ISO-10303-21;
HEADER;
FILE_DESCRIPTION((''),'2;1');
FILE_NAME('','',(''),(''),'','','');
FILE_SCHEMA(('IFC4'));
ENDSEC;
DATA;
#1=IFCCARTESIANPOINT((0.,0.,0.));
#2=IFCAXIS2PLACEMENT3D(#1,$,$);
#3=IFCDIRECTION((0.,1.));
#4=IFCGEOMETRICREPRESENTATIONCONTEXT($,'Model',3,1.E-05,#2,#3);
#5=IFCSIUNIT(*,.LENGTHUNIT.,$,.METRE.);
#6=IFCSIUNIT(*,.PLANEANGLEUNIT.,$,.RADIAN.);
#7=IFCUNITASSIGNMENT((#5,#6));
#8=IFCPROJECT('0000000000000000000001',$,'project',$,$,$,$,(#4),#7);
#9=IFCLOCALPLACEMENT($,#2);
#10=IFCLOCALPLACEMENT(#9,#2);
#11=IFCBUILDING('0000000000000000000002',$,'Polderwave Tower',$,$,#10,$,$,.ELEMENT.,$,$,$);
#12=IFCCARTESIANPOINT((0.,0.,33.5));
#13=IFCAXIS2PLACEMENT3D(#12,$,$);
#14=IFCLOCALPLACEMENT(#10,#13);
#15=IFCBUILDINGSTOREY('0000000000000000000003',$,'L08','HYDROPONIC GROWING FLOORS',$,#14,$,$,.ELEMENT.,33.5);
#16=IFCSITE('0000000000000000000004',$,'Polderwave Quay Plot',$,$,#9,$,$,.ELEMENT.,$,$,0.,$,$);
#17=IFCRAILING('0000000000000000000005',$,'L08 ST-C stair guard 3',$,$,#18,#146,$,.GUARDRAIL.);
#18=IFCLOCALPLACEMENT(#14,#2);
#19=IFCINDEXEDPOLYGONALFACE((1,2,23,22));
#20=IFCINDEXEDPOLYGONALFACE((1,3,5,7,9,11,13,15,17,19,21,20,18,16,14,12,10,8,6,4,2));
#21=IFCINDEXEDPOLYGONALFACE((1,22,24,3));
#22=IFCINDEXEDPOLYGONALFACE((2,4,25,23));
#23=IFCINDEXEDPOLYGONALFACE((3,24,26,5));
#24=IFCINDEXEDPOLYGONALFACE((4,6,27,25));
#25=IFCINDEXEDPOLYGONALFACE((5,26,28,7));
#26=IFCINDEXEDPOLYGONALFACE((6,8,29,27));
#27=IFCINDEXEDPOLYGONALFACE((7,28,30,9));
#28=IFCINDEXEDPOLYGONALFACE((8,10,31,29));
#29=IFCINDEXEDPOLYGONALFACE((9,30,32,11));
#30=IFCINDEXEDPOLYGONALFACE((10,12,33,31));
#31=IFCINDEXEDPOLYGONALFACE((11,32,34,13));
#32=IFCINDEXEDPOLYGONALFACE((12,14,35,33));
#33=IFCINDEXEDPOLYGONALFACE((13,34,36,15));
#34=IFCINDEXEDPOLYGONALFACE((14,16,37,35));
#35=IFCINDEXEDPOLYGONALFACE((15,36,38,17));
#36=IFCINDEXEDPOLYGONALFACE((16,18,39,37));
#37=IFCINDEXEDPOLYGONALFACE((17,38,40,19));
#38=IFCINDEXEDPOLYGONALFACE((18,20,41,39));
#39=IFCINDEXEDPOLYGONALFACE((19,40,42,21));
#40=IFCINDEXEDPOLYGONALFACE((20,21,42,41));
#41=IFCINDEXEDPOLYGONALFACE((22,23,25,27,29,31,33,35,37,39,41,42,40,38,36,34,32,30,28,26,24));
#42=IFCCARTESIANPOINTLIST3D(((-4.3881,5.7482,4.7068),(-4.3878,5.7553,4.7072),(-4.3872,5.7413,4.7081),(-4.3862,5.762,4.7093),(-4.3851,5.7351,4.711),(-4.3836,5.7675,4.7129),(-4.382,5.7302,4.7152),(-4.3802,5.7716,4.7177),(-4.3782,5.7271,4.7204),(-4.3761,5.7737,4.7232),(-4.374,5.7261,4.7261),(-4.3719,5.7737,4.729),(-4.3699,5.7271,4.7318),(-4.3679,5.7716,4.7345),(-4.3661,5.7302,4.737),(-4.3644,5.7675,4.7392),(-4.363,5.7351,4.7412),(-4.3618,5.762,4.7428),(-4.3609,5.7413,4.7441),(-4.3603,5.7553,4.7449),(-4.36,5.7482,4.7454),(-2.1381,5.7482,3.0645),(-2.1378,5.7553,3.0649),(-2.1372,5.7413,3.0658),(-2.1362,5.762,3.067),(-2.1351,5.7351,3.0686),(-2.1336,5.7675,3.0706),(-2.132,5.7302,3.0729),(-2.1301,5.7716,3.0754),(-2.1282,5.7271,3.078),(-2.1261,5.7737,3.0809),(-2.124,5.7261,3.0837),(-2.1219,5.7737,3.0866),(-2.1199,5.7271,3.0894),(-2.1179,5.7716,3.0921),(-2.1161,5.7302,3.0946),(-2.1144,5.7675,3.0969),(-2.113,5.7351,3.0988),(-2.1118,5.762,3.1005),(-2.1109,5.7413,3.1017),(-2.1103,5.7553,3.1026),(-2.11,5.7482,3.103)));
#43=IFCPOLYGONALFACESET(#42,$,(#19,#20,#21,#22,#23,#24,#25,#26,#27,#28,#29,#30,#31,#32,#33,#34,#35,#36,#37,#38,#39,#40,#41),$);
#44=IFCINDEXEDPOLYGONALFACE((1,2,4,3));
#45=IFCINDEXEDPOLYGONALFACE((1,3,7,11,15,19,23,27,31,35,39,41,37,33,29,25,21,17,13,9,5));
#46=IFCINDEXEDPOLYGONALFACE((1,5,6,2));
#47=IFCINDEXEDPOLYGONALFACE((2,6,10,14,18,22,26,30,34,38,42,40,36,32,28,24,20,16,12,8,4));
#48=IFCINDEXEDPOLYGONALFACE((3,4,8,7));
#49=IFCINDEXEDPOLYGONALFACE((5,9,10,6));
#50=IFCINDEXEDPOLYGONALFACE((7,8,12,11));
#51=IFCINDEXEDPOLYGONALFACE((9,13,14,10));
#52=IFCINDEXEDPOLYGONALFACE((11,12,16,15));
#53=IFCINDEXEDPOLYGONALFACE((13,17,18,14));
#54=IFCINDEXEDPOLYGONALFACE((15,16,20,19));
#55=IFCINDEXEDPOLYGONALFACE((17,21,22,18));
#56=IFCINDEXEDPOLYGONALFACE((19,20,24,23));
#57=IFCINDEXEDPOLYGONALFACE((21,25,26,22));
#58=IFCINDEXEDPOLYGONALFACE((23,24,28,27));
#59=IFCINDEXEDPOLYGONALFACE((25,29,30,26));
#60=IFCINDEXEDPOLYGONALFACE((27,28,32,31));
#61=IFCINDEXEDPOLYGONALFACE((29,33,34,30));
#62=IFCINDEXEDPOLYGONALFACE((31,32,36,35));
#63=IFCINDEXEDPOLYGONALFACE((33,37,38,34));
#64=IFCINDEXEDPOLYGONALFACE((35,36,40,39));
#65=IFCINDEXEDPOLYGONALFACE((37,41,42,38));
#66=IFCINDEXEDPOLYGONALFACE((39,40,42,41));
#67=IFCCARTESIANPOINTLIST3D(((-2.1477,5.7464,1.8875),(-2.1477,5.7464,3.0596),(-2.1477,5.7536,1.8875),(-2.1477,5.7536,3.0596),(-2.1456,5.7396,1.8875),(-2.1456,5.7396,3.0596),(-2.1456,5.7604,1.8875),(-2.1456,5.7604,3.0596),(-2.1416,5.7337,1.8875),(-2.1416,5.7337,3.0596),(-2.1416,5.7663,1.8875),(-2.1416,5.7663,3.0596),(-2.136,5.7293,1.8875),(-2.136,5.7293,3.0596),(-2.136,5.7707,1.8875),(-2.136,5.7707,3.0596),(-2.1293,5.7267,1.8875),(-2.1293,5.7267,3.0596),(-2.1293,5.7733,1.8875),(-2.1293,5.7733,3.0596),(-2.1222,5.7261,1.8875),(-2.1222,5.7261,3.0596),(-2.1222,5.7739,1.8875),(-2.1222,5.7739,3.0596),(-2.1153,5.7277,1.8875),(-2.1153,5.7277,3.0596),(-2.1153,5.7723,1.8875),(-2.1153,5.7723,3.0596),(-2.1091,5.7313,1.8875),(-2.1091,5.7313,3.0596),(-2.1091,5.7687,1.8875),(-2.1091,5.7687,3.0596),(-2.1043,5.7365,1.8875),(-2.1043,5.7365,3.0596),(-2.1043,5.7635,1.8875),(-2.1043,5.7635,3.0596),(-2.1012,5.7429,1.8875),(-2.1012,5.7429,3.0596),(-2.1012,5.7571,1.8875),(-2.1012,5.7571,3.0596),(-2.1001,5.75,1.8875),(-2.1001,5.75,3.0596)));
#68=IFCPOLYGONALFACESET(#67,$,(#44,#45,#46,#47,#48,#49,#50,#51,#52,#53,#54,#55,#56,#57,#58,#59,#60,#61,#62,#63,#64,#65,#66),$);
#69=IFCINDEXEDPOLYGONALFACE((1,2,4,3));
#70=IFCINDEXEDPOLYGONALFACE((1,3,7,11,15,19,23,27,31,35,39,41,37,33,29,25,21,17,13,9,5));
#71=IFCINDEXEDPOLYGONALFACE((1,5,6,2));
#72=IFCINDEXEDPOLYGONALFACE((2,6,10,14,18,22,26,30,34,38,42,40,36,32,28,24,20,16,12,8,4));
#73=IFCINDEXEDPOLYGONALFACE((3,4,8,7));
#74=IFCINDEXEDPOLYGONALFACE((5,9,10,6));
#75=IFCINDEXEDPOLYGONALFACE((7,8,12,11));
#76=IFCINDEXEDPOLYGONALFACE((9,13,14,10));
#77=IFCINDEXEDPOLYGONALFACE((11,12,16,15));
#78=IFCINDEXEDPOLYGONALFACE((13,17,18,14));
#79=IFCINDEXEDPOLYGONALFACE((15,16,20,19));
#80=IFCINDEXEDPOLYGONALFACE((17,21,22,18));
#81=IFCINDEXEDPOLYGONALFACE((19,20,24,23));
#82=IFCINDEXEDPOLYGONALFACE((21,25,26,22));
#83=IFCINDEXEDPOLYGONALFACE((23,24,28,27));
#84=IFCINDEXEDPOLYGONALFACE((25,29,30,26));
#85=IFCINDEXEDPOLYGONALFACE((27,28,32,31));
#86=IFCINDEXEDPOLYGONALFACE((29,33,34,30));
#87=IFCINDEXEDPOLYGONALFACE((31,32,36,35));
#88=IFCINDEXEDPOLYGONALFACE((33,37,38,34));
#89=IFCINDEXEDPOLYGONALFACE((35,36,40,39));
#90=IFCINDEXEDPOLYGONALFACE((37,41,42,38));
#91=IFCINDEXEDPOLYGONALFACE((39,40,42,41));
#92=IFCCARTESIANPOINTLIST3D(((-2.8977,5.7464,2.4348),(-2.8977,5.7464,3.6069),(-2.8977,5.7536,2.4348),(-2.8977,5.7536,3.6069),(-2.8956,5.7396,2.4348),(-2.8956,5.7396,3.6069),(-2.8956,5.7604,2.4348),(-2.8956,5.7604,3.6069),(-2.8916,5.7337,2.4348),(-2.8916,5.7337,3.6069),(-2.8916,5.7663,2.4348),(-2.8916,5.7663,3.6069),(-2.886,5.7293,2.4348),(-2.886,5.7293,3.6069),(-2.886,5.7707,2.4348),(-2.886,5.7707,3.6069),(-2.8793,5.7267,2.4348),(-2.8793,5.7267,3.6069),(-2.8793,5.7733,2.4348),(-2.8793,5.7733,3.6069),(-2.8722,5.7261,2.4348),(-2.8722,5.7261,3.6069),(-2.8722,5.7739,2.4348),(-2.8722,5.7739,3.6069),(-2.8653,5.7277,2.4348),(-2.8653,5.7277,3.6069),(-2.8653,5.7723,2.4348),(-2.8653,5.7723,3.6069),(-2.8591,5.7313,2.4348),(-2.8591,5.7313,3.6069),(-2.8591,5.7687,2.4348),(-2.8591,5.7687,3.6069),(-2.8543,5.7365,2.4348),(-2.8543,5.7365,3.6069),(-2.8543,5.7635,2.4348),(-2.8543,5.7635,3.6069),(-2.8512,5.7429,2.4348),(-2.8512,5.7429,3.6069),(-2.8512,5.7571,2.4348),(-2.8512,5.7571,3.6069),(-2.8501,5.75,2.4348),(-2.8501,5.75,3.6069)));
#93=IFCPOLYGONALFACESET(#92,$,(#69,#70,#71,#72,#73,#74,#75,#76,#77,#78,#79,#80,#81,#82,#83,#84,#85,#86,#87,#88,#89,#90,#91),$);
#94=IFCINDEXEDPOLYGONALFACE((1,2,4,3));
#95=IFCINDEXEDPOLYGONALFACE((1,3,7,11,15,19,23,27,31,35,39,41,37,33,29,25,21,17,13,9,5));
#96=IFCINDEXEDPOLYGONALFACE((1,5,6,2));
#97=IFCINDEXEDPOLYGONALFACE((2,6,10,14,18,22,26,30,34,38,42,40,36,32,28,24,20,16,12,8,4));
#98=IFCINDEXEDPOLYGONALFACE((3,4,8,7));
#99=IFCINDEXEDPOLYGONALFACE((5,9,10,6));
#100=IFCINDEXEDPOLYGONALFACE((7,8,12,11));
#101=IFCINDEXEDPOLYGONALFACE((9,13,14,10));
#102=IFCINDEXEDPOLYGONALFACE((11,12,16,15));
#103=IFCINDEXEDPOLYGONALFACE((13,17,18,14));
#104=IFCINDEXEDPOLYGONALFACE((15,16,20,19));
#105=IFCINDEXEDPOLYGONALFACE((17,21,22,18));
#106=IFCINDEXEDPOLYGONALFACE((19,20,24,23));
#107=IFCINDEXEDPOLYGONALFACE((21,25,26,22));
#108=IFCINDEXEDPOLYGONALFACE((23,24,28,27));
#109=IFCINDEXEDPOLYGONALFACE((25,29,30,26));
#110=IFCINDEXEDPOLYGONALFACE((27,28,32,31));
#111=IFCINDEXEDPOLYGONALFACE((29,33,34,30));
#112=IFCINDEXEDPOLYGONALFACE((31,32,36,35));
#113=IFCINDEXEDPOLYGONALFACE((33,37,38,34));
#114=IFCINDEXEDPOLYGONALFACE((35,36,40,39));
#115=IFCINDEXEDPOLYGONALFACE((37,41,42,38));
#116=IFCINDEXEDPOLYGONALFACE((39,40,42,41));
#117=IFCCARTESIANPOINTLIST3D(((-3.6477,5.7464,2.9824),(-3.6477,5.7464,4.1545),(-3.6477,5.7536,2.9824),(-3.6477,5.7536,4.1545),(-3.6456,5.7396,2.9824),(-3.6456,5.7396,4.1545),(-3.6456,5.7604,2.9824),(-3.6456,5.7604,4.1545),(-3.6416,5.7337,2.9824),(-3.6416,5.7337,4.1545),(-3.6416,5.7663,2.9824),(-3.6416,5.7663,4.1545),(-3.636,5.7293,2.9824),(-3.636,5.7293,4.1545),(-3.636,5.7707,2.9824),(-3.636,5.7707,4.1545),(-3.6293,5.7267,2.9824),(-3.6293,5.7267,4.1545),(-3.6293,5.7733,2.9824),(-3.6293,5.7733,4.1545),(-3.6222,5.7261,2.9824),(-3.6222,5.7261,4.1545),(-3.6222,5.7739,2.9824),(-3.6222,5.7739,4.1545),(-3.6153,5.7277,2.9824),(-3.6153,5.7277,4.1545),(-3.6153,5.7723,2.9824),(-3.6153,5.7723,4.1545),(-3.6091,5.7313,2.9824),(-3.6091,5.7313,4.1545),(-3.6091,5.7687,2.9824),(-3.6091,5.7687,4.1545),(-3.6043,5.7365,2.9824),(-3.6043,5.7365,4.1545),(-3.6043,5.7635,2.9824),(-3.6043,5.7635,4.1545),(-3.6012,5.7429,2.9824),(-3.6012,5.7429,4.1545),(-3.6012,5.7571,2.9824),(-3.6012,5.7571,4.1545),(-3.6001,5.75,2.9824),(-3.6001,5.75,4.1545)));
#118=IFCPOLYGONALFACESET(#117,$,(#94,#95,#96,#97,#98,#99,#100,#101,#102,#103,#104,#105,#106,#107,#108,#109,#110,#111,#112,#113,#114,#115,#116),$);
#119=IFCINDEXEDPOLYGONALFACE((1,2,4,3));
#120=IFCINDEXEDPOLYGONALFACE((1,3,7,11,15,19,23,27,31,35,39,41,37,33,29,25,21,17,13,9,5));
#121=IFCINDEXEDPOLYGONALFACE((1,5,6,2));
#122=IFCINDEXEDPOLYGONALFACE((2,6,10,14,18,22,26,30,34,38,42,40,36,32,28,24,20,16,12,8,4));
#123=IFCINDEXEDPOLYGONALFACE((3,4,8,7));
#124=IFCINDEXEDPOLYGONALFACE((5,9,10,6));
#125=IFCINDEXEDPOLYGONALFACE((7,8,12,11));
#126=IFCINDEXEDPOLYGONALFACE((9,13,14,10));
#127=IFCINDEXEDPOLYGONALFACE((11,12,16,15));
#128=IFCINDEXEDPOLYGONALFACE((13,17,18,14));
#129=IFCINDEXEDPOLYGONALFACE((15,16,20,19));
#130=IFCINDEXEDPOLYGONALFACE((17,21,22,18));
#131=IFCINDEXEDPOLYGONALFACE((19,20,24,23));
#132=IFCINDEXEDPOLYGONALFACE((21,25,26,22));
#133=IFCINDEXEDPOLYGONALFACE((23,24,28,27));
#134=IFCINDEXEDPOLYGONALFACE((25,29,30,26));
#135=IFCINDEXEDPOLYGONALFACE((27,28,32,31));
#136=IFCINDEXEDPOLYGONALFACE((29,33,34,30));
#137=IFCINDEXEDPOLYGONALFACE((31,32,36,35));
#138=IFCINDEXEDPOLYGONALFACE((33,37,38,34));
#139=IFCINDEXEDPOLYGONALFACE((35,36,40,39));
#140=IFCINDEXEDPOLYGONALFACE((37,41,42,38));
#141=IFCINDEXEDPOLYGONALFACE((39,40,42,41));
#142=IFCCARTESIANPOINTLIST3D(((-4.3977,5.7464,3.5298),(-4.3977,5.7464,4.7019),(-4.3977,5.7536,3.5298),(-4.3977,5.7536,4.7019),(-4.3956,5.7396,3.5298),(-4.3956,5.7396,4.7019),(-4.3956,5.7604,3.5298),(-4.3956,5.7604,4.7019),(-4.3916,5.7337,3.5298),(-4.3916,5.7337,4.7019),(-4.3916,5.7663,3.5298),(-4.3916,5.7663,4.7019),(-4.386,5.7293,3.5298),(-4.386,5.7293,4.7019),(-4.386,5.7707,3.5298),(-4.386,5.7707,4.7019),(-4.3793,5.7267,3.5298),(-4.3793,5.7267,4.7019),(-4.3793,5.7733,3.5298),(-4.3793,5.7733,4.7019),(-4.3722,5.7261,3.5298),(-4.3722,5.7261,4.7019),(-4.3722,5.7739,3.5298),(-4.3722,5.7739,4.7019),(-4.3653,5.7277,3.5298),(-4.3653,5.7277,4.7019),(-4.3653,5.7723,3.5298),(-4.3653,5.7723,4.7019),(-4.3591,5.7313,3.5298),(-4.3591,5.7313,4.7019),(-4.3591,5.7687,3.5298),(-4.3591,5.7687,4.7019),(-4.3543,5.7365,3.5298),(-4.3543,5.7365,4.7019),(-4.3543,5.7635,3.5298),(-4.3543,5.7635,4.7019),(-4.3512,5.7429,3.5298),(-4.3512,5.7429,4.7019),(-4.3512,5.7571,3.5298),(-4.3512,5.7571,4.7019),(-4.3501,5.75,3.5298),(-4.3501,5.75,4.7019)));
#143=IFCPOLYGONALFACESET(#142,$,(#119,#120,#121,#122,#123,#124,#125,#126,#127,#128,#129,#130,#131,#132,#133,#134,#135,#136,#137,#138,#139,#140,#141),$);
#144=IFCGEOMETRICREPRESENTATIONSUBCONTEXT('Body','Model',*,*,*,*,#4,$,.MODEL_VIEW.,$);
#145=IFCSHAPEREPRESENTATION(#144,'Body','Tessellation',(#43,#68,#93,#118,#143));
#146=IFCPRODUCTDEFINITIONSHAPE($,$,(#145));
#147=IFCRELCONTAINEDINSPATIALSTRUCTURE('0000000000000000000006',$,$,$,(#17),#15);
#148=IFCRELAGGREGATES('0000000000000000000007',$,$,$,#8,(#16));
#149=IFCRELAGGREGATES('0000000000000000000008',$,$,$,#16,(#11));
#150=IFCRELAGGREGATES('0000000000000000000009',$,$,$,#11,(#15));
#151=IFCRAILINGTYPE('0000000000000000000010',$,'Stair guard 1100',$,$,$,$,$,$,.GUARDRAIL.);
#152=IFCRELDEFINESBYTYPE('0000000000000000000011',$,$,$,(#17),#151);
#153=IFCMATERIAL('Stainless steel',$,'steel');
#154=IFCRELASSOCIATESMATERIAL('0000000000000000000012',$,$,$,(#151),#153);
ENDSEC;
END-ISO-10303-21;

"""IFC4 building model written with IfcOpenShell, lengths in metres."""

from ifc_helpers import new_model, si_unit, direction, frame, origin, origin_2d, place, context, subcontext, project, spatial, circle, extrude, material, type_object, element, save


model = new_model("IFC4")

# Units and contexts
model_context = context("Model", 3, precision=1e-05, world=origin(), true_north=direction((0.0, 1.0)))
body_context = subcontext(model_context, "Body", "Model", "MODEL_VIEW")
ifc_project = project(units=[si_unit("LENGTHUNIT", "METRE"), si_unit("PLANEANGLEUNIT", "RADIAN")], contexts=[model_context])

# Site, building, storey
site_placement = place(None, origin())
site = spatial("IfcSite", under=ifc_project, at=site_placement, Name="Polderwave Quay Plot", CompositionType="ELEMENT", RefElevation=0.0)
building_placement = place(site_placement, origin())
building = spatial("IfcBuilding", under=site, at=building_placement, Name="Polderwave Tower", CompositionType="ELEMENT")
storey_placement = place(building_placement, frame((0.0, 0.0, 33.5)))
storey = spatial("IfcBuildingStorey", under=building, at=storey_placement, Name="L08", Description="HYDROPONIC GROWING FLOORS", CompositionType="ELEMENT", Elevation=33.5)

# Railing
ifc_material_1 = material(Name="Stainless steel", Category="steel")
railing_type_1 = type_object("IfcRailingType", Name="Stair guard 1100", PredefinedType="GUARDRAIL", material=ifc_material_1)
railing_1_placement = place(storey_placement, frame((-2.124, 5.75, 1.8875)))
element("IfcRailing", 1, at=railing_1_placement, inside=storey, type_object=railing_type_1, Name="L08 ST-C stair guard 3", PredefinedType="GUARDRAIL", context=body_context, shape_type="SweptSolid", body=[
    extrude(circle(Radius=0.0239, at=origin_2d()), frame((0.0, 0.0, 1.1963), z_axis=(-0.807715, 0.0, 0.589573), x_axis=(0.0, -1.0, 0.0)), (0.0, 0.0, 1.0), 2.7856),
    extrude(circle(Radius=0.0239, at=origin_2d()), origin(), (0.0, 0.0, 1.0), 1.1721),
    extrude(circle(Radius=0.0239, at=origin_2d()), frame((-0.75, 0.0, 0.5474)), (0.0, 0.0, 1.0), 1.1721),
    extrude(circle(Radius=0.0239, at=origin_2d()), frame((-1.5, 0.0, 1.095)), (0.0, 0.0, 1.0), 1.1721),
    extrude(circle(Radius=0.0239, at=origin_2d()), frame((-2.25, 0.0, 1.6423)), (0.0, 0.0, 1.0), 1.1721),
])

save(model, "model.ifc")
